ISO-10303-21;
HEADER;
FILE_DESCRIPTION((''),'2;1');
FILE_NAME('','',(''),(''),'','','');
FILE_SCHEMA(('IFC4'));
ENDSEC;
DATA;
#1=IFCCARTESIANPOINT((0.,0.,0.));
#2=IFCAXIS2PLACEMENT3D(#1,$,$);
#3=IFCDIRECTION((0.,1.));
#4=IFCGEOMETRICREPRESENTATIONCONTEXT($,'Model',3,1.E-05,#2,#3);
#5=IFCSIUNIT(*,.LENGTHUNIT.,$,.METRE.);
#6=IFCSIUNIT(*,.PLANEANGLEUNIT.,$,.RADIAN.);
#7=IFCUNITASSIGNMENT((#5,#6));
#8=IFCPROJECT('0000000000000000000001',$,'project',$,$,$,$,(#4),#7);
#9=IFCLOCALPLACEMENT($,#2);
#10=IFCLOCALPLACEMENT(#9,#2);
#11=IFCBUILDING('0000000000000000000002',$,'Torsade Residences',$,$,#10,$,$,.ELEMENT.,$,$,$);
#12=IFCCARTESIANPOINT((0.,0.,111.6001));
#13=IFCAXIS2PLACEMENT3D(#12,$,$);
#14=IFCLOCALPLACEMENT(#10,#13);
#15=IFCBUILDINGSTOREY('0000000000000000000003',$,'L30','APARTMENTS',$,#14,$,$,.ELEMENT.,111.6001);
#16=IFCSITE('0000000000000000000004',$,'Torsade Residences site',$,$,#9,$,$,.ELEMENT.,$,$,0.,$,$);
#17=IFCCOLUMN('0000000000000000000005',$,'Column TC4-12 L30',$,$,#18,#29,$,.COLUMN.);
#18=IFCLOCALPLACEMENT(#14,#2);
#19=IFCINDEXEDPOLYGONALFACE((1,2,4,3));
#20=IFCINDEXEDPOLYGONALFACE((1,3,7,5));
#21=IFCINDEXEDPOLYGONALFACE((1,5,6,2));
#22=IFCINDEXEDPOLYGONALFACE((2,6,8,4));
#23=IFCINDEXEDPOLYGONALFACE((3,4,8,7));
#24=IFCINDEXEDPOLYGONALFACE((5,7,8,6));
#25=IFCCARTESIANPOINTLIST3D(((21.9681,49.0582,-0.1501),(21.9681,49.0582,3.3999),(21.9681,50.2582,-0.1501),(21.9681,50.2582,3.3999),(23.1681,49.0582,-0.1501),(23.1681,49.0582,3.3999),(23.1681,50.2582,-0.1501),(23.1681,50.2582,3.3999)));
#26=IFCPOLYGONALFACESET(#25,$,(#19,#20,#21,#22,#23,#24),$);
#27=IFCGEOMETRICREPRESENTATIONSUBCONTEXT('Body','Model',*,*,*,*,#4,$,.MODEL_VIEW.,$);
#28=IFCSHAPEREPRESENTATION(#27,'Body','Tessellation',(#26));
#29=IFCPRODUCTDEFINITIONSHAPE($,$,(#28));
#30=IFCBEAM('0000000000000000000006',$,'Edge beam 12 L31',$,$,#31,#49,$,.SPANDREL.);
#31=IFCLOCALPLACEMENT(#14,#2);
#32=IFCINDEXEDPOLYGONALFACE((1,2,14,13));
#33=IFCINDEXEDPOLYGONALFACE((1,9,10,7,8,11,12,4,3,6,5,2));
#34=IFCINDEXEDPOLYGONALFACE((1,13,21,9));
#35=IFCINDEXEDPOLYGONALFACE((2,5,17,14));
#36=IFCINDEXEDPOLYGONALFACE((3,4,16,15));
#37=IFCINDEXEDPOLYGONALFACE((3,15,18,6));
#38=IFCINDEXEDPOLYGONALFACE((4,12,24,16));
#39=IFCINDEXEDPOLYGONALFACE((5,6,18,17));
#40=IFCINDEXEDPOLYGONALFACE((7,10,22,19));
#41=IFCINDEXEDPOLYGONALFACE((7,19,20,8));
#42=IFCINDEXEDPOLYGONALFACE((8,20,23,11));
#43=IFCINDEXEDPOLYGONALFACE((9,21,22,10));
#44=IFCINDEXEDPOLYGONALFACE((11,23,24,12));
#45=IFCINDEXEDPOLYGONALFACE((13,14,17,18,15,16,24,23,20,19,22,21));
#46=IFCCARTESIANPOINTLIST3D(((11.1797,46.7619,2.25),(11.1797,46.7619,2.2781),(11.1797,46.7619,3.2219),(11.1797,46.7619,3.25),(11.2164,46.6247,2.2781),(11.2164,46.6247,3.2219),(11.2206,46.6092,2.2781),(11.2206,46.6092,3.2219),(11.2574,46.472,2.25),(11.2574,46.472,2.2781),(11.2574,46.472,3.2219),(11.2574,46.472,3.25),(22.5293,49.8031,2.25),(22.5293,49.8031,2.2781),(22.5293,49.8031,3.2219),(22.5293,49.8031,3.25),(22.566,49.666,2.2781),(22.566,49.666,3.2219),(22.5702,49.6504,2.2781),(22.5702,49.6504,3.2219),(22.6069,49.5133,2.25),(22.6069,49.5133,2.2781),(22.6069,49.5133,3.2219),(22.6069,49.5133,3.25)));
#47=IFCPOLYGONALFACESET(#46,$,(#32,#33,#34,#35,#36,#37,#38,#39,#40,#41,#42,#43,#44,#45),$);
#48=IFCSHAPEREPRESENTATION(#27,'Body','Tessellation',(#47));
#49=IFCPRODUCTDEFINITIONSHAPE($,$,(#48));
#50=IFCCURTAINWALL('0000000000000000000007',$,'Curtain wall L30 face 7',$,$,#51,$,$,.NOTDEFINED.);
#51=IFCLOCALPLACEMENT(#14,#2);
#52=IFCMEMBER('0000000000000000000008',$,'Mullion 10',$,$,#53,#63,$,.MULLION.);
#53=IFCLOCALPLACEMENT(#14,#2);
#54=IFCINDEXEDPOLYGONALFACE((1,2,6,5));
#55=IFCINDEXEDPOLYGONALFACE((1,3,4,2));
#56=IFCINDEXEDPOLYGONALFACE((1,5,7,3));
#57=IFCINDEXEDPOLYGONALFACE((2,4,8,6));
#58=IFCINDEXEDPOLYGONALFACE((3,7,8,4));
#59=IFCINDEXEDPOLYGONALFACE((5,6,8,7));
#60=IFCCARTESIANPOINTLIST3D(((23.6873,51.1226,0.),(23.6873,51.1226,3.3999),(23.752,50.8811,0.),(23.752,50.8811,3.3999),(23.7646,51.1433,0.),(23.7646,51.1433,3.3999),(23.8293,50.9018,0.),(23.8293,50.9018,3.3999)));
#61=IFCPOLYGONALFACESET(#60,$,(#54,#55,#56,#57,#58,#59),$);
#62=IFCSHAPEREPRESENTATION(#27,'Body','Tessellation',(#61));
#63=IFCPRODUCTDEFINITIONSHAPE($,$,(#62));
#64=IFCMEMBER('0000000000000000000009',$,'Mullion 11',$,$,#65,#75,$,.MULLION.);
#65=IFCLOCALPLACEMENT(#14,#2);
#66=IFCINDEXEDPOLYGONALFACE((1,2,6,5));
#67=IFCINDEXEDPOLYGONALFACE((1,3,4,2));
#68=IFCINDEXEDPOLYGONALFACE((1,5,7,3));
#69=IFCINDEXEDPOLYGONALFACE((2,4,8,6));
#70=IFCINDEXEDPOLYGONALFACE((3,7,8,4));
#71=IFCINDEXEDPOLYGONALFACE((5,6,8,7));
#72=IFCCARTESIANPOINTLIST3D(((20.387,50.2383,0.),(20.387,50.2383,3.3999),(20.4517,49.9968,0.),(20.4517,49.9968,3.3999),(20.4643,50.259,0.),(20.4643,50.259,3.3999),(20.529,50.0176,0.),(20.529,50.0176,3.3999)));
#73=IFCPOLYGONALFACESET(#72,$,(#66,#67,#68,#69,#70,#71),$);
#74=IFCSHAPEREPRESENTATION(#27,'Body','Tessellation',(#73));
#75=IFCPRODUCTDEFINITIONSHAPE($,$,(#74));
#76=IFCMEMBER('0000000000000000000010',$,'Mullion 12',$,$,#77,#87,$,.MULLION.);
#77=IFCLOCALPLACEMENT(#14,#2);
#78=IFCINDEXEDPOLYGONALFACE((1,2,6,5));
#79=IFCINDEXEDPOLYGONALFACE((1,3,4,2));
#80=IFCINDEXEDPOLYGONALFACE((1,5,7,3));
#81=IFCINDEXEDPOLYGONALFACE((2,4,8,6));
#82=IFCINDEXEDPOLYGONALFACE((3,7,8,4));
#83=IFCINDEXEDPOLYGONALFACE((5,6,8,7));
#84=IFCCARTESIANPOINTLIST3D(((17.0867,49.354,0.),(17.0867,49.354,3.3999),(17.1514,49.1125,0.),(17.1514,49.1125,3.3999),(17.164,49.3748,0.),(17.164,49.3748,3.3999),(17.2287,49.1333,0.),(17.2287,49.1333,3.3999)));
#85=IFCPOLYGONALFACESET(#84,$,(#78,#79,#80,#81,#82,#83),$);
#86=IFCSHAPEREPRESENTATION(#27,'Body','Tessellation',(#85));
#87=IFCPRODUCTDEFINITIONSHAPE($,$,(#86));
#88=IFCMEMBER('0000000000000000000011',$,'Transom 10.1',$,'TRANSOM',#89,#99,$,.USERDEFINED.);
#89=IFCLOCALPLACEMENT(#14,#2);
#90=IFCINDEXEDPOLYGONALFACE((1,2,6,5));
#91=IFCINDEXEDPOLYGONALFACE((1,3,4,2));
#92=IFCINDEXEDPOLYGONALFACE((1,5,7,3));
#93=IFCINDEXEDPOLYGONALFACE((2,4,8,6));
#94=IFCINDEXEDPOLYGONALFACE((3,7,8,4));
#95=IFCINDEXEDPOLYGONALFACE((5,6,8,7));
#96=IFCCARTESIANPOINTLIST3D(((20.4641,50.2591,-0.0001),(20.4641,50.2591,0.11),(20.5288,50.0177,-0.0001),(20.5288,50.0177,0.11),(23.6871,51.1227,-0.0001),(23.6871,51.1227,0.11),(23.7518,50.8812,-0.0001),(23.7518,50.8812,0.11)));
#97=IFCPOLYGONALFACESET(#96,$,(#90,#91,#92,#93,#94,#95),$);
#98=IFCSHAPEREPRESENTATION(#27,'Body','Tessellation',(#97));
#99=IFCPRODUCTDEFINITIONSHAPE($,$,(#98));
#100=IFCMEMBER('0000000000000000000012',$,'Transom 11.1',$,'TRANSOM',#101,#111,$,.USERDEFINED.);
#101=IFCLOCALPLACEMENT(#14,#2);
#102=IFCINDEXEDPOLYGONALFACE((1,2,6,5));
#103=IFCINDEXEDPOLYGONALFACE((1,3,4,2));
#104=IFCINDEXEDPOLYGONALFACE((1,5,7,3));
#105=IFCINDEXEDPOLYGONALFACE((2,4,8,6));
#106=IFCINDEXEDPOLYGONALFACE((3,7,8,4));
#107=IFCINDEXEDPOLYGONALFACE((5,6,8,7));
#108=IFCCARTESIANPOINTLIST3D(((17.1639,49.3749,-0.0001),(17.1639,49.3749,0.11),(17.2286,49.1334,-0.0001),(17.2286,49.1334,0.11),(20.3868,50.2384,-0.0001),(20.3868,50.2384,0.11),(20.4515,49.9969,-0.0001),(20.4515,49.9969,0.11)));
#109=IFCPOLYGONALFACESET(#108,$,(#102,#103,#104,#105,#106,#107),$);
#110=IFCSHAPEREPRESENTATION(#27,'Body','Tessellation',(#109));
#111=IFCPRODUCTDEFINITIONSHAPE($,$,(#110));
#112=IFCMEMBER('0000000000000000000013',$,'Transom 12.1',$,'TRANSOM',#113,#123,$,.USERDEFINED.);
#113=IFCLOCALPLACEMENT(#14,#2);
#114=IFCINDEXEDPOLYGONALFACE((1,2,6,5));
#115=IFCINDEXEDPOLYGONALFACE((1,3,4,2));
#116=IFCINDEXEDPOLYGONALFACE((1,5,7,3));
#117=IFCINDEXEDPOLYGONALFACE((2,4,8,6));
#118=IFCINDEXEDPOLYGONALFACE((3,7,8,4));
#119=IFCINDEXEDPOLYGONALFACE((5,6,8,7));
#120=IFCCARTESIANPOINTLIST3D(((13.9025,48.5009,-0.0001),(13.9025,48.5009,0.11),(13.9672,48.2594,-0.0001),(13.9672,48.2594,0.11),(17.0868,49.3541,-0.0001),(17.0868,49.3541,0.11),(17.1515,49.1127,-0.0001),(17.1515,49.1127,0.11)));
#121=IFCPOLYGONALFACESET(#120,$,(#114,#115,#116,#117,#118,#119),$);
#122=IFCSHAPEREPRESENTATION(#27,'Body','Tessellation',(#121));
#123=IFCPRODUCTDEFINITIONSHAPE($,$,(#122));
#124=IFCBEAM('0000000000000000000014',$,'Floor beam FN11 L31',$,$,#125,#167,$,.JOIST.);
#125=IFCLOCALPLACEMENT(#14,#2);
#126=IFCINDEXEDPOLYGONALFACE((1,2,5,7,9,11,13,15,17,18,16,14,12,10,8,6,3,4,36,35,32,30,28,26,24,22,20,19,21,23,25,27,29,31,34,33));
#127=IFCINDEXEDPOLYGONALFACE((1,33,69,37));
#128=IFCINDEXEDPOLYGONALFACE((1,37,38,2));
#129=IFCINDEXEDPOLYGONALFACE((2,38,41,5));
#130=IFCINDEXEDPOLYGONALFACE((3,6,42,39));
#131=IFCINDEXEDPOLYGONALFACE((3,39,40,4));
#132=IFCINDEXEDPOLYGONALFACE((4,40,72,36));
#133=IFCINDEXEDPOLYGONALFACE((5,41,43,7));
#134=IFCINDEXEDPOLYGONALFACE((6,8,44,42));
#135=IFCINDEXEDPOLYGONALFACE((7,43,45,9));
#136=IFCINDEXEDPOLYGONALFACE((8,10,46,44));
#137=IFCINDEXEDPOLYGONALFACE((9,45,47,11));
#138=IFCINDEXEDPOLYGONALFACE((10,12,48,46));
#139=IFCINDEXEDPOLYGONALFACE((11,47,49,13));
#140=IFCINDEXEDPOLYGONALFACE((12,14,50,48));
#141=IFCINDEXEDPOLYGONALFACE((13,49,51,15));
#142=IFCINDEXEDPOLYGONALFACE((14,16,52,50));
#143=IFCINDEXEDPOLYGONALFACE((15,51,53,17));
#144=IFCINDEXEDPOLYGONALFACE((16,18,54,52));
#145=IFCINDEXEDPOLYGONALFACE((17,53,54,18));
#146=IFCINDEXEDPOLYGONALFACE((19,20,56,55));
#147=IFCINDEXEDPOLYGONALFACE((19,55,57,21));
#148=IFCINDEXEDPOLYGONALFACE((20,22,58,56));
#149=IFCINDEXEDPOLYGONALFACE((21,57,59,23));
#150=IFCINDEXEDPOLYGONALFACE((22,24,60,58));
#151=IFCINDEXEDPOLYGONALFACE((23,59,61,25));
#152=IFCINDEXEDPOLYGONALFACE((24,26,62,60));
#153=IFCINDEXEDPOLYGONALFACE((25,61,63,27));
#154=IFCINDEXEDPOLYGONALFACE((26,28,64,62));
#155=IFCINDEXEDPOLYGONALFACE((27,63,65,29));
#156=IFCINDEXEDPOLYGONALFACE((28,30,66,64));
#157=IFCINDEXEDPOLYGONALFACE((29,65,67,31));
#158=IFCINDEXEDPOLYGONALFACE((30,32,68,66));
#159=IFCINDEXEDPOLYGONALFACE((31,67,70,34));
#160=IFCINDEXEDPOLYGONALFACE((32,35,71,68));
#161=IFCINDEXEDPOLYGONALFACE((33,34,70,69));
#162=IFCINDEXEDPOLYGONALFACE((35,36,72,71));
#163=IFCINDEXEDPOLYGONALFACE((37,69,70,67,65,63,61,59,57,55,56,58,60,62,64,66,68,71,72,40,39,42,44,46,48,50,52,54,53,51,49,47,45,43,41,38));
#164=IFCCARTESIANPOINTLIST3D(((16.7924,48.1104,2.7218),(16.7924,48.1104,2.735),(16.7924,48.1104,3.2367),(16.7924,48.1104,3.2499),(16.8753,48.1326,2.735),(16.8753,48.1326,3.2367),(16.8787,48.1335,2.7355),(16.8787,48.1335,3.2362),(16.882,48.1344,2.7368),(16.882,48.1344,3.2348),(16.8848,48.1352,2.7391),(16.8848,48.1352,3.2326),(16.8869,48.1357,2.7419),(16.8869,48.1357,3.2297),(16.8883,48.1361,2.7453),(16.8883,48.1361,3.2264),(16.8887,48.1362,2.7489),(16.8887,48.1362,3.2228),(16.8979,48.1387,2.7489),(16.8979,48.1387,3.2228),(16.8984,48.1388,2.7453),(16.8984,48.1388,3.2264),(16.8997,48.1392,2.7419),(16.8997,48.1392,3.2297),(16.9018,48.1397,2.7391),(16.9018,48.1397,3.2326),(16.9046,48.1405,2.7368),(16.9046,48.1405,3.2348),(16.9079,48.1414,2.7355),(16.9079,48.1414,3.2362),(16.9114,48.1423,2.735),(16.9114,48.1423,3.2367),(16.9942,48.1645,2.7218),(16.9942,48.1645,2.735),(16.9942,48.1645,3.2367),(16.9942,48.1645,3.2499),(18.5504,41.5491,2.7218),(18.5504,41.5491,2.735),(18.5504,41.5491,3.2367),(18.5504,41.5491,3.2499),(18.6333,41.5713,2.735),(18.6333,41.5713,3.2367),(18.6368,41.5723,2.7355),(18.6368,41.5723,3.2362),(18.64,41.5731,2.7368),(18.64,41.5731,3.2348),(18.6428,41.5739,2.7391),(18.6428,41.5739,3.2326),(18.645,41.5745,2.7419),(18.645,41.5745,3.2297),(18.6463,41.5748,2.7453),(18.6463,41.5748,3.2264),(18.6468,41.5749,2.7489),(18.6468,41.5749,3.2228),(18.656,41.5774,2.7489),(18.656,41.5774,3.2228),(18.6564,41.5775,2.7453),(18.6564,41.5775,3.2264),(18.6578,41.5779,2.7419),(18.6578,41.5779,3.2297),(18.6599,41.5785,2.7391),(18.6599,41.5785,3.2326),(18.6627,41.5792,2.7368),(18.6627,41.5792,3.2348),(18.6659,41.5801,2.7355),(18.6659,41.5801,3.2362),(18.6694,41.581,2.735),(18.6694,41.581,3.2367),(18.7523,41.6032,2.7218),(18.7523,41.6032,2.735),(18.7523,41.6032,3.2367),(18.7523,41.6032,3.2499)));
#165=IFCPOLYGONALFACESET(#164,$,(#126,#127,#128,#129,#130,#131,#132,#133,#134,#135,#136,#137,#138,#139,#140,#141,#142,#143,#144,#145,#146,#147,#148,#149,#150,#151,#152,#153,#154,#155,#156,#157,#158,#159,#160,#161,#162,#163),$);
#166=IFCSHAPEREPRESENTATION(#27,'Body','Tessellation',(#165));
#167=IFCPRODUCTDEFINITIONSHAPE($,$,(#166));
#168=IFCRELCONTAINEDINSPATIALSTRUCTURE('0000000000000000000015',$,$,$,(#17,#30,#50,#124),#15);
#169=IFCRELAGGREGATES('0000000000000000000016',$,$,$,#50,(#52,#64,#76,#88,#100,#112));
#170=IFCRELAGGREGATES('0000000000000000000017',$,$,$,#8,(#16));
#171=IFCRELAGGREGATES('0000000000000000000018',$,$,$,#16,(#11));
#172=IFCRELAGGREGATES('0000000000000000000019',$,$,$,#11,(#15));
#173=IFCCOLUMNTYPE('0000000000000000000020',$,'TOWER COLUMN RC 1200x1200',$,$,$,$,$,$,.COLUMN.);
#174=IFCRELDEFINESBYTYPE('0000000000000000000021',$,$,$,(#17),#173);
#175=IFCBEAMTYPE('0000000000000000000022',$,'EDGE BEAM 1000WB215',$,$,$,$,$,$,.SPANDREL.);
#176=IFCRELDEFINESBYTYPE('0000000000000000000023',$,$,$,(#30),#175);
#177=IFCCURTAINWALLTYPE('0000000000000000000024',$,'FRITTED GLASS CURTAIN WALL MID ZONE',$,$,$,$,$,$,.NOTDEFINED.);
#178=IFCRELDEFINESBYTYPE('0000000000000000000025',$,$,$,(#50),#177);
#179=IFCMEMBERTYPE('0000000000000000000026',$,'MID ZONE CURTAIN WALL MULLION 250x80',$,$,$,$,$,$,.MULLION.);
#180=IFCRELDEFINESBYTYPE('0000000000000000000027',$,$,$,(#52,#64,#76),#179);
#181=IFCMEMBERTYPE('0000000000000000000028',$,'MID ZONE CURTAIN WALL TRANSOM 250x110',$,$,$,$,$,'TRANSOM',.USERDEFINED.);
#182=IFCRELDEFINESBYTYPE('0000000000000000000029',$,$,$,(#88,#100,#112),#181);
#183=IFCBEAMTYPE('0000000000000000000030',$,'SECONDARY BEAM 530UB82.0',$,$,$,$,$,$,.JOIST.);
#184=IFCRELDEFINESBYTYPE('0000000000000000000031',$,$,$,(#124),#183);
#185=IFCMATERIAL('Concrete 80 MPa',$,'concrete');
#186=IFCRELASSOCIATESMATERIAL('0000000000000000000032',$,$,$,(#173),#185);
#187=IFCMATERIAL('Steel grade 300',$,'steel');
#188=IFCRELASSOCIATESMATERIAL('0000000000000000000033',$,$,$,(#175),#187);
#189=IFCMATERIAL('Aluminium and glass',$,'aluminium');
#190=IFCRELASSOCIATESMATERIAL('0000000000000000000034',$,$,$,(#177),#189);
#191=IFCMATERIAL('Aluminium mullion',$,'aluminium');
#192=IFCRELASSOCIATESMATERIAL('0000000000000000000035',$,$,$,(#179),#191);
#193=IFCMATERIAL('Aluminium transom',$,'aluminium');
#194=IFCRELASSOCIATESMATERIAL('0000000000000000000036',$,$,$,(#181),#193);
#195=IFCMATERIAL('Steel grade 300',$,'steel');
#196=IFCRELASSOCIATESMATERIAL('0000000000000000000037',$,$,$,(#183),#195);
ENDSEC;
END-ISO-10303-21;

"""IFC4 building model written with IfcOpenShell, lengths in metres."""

from ifc_helpers import new_model, si_unit, direction, frame, origin, origin_2d, place, context, subcontext, project, spatial, rectangle, i_section, extrude, material, material_profile, profile_set, type_object, element, aggregate, save


model = new_model("IFC4")

# Units and contexts
model_context = context("Model", 3, precision=1e-05, world=origin(), true_north=direction((0.0, 1.0)))
body_context = subcontext(model_context, "Body", "Model", "MODEL_VIEW")
ifc_project = project(units=[si_unit("LENGTHUNIT", "METRE"), si_unit("PLANEANGLEUNIT", "RADIAN")], contexts=[model_context])

# Site, building, storey
site_placement = place(None, origin())
site = spatial("IfcSite", under=ifc_project, at=site_placement, Name="Torsade Residences site", CompositionType="ELEMENT", RefElevation=0.0)
building_placement = place(site_placement, origin())
building = spatial("IfcBuilding", under=site, at=building_placement, Name="Torsade Residences", CompositionType="ELEMENT")
storey_placement = place(building_placement, frame((0.0, 0.0, 111.6001)))
storey = spatial("IfcBuildingStorey", under=building, at=storey_placement, Name="L30", Description="APARTMENTS", CompositionType="ELEMENT", Elevation=111.6001)

# Column
ifc_material_1 = material(Name="Concrete 80 MPa", Category="concrete")
ifc_material_profile_1 = material_profile(ifc_material_1, rectangle(XDim=1.2, YDim=1.2, at=origin_2d()), Name="RC 1200x1200")
ifc_profile_set_1 = profile_set([ifc_material_profile_1], Name="Concrete 80 MPa")
column_type = type_object("IfcColumnType", Name="TOWER COLUMN RC 1200x1200", PredefinedType="COLUMN", material=ifc_profile_set_1)
column_placement = place(storey_placement, frame((22.5681, 49.6582, -0.1501), z_axis=(0.0, 0.0, 1.0), x_axis=(1.0, 0.0, 0.0)))
element("IfcColumn", 1, at=column_placement, inside=storey, type_object=column_type, Name="Column TC4-12 L30", PredefinedType="COLUMN", context=body_context, shape_type="SweptSolid", body=[
    extrude(rectangle(XDim=1.2, YDim=1.2, at=origin_2d()), origin(), (0.0, 0.0, 1.0), 3.55),
])

# Beam
ifc_material_2 = material(Name="Steel grade 300", Category="steel")
ifc_material_profile_2 = material_profile(ifc_material_2, i_section(OverallWidth=0.3, OverallDepth=1.0, WebThickness=0.0161, FlangeThickness=0.0281, at=origin_2d()), Name="1000WB215")
ifc_profile_set_2 = profile_set([ifc_material_profile_2], Name="Steel grade 300")
beam_type_1 = type_object("IfcBeamType", Name="EDGE BEAM 1000WB215", PredefinedType="SPANDREL", material=ifc_profile_set_2)
beam_1_placement = place(storey_placement, frame((22.5681, 49.6582, 2.75), z_axis=(-0.965923, -0.25883, 0.0), x_axis=(0.25883, -0.965923, 0.0)))
element("IfcBeam", 2, at=beam_1_placement, inside=storey, type_object=beam_type_1, Name="Edge beam 12 L31", PredefinedType="SPANDREL", context=body_context, shape_type="SweptSolid", body=[
    extrude(i_section(OverallWidth=0.3, OverallDepth=1.0, WebThickness=0.0161, FlangeThickness=0.0281, at=origin_2d()), origin(), (0.0, 0.0, 1.0), 11.75),
])

# Curtain wall, members
ifc_material_3 = material(Name="Aluminium and glass", Category="aluminium")
curtain_wall_type = type_object("IfcCurtainWallType", Name="FRITTED GLASS CURTAIN WALL MID ZONE", PredefinedType="NOTDEFINED", material=ifc_material_3)
curtain_wall_placement = place(storey_placement, origin())
curtain_wall = element("IfcCurtainWall", 3, at=curtain_wall_placement, inside=storey, type_object=curtain_wall_type, Name="Curtain wall L30 face 7", PredefinedType="NOTDEFINED")
ifc_material_4 = material(Name="Aluminium mullion", Category="aluminium")
ifc_material_profile_3 = material_profile(ifc_material_4, rectangle(XDim=0.25, YDim=0.0801, at=origin_2d()), Name="MID ZONE CURTAIN WALL MULLION 250x80")
ifc_profile_set_3 = profile_set([ifc_material_profile_3], Name="Aluminium mullion")
member_type_1 = type_object("IfcMemberType", Name="MID ZONE CURTAIN WALL MULLION 250x80", PredefinedType="MULLION", material=ifc_profile_set_3)
member_1_placement = place(storey_placement, frame((23.7583, 51.0122, 0.0), z_axis=(0.0, 0.0, 1.0), x_axis=(0.258819, -0.965926, 0.0)))
member_1 = element("IfcMember", 4, at=member_1_placement, type_object=member_type_1, Name="Mullion 10", PredefinedType="MULLION", context=body_context, shape_type="SweptSolid", body=[
    extrude(rectangle(XDim=0.25, YDim=0.0801, at=origin_2d()), origin(), (0.0, 0.0, 1.0), 3.3999),
])
member_2_placement = place(storey_placement, frame((20.458, 50.1279, 0.0), z_axis=(0.0, 0.0, 1.0), x_axis=(0.258819, -0.965926, 0.0)))
member_2 = element("IfcMember", 5, at=member_2_placement, type_object=member_type_1, Name="Mullion 11", PredefinedType="MULLION", context=body_context, shape_type="SweptSolid", body=[
    extrude(rectangle(XDim=0.25, YDim=0.0801, at=origin_2d()), origin(), (0.0, 0.0, 1.0), 3.3999),
])
member_3_placement = place(storey_placement, frame((17.1577, 49.2437, 0.0), z_axis=(0.0, 0.0, 1.0), x_axis=(0.258819, -0.965926, 0.0)))
member_3 = element("IfcMember", 6, at=member_3_placement, type_object=member_type_1, Name="Mullion 12", PredefinedType="MULLION", context=body_context, shape_type="SweptSolid", body=[
    extrude(rectangle(XDim=0.25, YDim=0.0801, at=origin_2d()), origin(), (0.0, 0.0, 1.0), 3.3999),
])
ifc_material_5 = material(Name="Aluminium transom", Category="aluminium")
ifc_material_profile_4 = material_profile(ifc_material_5, rectangle(XDim=0.25, YDim=0.1101, at=origin_2d()), Name="MID ZONE CURTAIN WALL TRANSOM 250x110")
ifc_profile_set_4 = profile_set([ifc_material_profile_4], Name="Aluminium transom")
member_type_2 = type_object("IfcMemberType", Name="MID ZONE CURTAIN WALL TRANSOM 250x110", ElementType="TRANSOM", PredefinedType="USERDEFINED", material=ifc_profile_set_4)
member_4_placement = place(storey_placement, frame((23.7195, 51.002, 0.0549), z_axis=(-0.965929, -0.258806, 0.0), x_axis=(0.258806, -0.965929, 0.0)))
member_4 = element("IfcMember", 7, at=member_4_placement, type_object=member_type_2, Name="Transom 10.1", ObjectType="TRANSOM", PredefinedType="USERDEFINED", context=body_context, shape_type="SweptSolid", body=[
    extrude(rectangle(XDim=0.25, YDim=0.1101, at=origin_2d()), origin(), (0.0, 0.0, 1.0), 3.3367),
])
member_5_placement = place(storey_placement, frame((20.4192, 50.1177, 0.0549), z_axis=(-0.965929, -0.258806, 0.0), x_axis=(0.258806, -0.965929, 0.0)))
member_5 = element("IfcMember", 8, at=member_5_placement, type_object=member_type_2, Name="Transom 11.1", ObjectType="TRANSOM", PredefinedType="USERDEFINED", context=body_context, shape_type="SweptSolid", body=[
    extrude(rectangle(XDim=0.25, YDim=0.1101, at=origin_2d()), origin(), (0.0, 0.0, 1.0), 3.3367),
])
member_6_placement = place(storey_placement, frame((17.1191, 49.2334, 0.0549), z_axis=(-0.965923, -0.258829, 0.0), x_axis=(0.258829, -0.965923, 0.0)))
member_6 = element("IfcMember", 9, at=member_6_placement, type_object=member_type_2, Name="Transom 12.1", ObjectType="TRANSOM", PredefinedType="USERDEFINED", context=body_context, shape_type="SweptSolid", body=[
    extrude(rectangle(XDim=0.25, YDim=0.1101, at=origin_2d()), origin(), (0.0, 0.0, 1.0), 3.2966),
])

# Beam
ifc_material_6 = material(Name="Steel grade 300", Category="steel")
ifc_material_profile_5 = material_profile(ifc_material_6, i_section(OverallWidth=0.209, OverallDepth=0.5281, WebThickness=0.0095, FlangeThickness=0.0132, FilletRadius=0.0139, at=origin_2d()), Name="530UB82.0")
ifc_profile_set_5 = profile_set([ifc_material_profile_5], Name="Steel grade 300")
beam_type_2 = type_object("IfcBeamType", Name="SECONDARY BEAM 530UB82.0", PredefinedType="JOIST", material=ifc_profile_set_5)
beam_2_placement = place(storey_placement, frame((16.8933, 48.1375, 2.9858), z_axis=(0.258815, -0.965927, 0.0), x_axis=(0.965927, 0.258815, 0.0)))
element("IfcBeam", 10, at=beam_2_placement, inside=storey, type_object=beam_type_2, Name="Floor beam FN11 L31", PredefinedType="JOIST", context=body_context, shape_type="SweptSolid", body=[
    extrude(i_section(OverallWidth=0.209, OverallDepth=0.5281, WebThickness=0.0095, FlangeThickness=0.0132, FilletRadius=0.0139, at=origin_2d()), origin(), (0.0, 0.0, 1.0), 6.7927),
])

aggregate(curtain_wall, [member_1, member_2, member_3, member_4, member_5, member_6])

save(model, "model.ifc")
